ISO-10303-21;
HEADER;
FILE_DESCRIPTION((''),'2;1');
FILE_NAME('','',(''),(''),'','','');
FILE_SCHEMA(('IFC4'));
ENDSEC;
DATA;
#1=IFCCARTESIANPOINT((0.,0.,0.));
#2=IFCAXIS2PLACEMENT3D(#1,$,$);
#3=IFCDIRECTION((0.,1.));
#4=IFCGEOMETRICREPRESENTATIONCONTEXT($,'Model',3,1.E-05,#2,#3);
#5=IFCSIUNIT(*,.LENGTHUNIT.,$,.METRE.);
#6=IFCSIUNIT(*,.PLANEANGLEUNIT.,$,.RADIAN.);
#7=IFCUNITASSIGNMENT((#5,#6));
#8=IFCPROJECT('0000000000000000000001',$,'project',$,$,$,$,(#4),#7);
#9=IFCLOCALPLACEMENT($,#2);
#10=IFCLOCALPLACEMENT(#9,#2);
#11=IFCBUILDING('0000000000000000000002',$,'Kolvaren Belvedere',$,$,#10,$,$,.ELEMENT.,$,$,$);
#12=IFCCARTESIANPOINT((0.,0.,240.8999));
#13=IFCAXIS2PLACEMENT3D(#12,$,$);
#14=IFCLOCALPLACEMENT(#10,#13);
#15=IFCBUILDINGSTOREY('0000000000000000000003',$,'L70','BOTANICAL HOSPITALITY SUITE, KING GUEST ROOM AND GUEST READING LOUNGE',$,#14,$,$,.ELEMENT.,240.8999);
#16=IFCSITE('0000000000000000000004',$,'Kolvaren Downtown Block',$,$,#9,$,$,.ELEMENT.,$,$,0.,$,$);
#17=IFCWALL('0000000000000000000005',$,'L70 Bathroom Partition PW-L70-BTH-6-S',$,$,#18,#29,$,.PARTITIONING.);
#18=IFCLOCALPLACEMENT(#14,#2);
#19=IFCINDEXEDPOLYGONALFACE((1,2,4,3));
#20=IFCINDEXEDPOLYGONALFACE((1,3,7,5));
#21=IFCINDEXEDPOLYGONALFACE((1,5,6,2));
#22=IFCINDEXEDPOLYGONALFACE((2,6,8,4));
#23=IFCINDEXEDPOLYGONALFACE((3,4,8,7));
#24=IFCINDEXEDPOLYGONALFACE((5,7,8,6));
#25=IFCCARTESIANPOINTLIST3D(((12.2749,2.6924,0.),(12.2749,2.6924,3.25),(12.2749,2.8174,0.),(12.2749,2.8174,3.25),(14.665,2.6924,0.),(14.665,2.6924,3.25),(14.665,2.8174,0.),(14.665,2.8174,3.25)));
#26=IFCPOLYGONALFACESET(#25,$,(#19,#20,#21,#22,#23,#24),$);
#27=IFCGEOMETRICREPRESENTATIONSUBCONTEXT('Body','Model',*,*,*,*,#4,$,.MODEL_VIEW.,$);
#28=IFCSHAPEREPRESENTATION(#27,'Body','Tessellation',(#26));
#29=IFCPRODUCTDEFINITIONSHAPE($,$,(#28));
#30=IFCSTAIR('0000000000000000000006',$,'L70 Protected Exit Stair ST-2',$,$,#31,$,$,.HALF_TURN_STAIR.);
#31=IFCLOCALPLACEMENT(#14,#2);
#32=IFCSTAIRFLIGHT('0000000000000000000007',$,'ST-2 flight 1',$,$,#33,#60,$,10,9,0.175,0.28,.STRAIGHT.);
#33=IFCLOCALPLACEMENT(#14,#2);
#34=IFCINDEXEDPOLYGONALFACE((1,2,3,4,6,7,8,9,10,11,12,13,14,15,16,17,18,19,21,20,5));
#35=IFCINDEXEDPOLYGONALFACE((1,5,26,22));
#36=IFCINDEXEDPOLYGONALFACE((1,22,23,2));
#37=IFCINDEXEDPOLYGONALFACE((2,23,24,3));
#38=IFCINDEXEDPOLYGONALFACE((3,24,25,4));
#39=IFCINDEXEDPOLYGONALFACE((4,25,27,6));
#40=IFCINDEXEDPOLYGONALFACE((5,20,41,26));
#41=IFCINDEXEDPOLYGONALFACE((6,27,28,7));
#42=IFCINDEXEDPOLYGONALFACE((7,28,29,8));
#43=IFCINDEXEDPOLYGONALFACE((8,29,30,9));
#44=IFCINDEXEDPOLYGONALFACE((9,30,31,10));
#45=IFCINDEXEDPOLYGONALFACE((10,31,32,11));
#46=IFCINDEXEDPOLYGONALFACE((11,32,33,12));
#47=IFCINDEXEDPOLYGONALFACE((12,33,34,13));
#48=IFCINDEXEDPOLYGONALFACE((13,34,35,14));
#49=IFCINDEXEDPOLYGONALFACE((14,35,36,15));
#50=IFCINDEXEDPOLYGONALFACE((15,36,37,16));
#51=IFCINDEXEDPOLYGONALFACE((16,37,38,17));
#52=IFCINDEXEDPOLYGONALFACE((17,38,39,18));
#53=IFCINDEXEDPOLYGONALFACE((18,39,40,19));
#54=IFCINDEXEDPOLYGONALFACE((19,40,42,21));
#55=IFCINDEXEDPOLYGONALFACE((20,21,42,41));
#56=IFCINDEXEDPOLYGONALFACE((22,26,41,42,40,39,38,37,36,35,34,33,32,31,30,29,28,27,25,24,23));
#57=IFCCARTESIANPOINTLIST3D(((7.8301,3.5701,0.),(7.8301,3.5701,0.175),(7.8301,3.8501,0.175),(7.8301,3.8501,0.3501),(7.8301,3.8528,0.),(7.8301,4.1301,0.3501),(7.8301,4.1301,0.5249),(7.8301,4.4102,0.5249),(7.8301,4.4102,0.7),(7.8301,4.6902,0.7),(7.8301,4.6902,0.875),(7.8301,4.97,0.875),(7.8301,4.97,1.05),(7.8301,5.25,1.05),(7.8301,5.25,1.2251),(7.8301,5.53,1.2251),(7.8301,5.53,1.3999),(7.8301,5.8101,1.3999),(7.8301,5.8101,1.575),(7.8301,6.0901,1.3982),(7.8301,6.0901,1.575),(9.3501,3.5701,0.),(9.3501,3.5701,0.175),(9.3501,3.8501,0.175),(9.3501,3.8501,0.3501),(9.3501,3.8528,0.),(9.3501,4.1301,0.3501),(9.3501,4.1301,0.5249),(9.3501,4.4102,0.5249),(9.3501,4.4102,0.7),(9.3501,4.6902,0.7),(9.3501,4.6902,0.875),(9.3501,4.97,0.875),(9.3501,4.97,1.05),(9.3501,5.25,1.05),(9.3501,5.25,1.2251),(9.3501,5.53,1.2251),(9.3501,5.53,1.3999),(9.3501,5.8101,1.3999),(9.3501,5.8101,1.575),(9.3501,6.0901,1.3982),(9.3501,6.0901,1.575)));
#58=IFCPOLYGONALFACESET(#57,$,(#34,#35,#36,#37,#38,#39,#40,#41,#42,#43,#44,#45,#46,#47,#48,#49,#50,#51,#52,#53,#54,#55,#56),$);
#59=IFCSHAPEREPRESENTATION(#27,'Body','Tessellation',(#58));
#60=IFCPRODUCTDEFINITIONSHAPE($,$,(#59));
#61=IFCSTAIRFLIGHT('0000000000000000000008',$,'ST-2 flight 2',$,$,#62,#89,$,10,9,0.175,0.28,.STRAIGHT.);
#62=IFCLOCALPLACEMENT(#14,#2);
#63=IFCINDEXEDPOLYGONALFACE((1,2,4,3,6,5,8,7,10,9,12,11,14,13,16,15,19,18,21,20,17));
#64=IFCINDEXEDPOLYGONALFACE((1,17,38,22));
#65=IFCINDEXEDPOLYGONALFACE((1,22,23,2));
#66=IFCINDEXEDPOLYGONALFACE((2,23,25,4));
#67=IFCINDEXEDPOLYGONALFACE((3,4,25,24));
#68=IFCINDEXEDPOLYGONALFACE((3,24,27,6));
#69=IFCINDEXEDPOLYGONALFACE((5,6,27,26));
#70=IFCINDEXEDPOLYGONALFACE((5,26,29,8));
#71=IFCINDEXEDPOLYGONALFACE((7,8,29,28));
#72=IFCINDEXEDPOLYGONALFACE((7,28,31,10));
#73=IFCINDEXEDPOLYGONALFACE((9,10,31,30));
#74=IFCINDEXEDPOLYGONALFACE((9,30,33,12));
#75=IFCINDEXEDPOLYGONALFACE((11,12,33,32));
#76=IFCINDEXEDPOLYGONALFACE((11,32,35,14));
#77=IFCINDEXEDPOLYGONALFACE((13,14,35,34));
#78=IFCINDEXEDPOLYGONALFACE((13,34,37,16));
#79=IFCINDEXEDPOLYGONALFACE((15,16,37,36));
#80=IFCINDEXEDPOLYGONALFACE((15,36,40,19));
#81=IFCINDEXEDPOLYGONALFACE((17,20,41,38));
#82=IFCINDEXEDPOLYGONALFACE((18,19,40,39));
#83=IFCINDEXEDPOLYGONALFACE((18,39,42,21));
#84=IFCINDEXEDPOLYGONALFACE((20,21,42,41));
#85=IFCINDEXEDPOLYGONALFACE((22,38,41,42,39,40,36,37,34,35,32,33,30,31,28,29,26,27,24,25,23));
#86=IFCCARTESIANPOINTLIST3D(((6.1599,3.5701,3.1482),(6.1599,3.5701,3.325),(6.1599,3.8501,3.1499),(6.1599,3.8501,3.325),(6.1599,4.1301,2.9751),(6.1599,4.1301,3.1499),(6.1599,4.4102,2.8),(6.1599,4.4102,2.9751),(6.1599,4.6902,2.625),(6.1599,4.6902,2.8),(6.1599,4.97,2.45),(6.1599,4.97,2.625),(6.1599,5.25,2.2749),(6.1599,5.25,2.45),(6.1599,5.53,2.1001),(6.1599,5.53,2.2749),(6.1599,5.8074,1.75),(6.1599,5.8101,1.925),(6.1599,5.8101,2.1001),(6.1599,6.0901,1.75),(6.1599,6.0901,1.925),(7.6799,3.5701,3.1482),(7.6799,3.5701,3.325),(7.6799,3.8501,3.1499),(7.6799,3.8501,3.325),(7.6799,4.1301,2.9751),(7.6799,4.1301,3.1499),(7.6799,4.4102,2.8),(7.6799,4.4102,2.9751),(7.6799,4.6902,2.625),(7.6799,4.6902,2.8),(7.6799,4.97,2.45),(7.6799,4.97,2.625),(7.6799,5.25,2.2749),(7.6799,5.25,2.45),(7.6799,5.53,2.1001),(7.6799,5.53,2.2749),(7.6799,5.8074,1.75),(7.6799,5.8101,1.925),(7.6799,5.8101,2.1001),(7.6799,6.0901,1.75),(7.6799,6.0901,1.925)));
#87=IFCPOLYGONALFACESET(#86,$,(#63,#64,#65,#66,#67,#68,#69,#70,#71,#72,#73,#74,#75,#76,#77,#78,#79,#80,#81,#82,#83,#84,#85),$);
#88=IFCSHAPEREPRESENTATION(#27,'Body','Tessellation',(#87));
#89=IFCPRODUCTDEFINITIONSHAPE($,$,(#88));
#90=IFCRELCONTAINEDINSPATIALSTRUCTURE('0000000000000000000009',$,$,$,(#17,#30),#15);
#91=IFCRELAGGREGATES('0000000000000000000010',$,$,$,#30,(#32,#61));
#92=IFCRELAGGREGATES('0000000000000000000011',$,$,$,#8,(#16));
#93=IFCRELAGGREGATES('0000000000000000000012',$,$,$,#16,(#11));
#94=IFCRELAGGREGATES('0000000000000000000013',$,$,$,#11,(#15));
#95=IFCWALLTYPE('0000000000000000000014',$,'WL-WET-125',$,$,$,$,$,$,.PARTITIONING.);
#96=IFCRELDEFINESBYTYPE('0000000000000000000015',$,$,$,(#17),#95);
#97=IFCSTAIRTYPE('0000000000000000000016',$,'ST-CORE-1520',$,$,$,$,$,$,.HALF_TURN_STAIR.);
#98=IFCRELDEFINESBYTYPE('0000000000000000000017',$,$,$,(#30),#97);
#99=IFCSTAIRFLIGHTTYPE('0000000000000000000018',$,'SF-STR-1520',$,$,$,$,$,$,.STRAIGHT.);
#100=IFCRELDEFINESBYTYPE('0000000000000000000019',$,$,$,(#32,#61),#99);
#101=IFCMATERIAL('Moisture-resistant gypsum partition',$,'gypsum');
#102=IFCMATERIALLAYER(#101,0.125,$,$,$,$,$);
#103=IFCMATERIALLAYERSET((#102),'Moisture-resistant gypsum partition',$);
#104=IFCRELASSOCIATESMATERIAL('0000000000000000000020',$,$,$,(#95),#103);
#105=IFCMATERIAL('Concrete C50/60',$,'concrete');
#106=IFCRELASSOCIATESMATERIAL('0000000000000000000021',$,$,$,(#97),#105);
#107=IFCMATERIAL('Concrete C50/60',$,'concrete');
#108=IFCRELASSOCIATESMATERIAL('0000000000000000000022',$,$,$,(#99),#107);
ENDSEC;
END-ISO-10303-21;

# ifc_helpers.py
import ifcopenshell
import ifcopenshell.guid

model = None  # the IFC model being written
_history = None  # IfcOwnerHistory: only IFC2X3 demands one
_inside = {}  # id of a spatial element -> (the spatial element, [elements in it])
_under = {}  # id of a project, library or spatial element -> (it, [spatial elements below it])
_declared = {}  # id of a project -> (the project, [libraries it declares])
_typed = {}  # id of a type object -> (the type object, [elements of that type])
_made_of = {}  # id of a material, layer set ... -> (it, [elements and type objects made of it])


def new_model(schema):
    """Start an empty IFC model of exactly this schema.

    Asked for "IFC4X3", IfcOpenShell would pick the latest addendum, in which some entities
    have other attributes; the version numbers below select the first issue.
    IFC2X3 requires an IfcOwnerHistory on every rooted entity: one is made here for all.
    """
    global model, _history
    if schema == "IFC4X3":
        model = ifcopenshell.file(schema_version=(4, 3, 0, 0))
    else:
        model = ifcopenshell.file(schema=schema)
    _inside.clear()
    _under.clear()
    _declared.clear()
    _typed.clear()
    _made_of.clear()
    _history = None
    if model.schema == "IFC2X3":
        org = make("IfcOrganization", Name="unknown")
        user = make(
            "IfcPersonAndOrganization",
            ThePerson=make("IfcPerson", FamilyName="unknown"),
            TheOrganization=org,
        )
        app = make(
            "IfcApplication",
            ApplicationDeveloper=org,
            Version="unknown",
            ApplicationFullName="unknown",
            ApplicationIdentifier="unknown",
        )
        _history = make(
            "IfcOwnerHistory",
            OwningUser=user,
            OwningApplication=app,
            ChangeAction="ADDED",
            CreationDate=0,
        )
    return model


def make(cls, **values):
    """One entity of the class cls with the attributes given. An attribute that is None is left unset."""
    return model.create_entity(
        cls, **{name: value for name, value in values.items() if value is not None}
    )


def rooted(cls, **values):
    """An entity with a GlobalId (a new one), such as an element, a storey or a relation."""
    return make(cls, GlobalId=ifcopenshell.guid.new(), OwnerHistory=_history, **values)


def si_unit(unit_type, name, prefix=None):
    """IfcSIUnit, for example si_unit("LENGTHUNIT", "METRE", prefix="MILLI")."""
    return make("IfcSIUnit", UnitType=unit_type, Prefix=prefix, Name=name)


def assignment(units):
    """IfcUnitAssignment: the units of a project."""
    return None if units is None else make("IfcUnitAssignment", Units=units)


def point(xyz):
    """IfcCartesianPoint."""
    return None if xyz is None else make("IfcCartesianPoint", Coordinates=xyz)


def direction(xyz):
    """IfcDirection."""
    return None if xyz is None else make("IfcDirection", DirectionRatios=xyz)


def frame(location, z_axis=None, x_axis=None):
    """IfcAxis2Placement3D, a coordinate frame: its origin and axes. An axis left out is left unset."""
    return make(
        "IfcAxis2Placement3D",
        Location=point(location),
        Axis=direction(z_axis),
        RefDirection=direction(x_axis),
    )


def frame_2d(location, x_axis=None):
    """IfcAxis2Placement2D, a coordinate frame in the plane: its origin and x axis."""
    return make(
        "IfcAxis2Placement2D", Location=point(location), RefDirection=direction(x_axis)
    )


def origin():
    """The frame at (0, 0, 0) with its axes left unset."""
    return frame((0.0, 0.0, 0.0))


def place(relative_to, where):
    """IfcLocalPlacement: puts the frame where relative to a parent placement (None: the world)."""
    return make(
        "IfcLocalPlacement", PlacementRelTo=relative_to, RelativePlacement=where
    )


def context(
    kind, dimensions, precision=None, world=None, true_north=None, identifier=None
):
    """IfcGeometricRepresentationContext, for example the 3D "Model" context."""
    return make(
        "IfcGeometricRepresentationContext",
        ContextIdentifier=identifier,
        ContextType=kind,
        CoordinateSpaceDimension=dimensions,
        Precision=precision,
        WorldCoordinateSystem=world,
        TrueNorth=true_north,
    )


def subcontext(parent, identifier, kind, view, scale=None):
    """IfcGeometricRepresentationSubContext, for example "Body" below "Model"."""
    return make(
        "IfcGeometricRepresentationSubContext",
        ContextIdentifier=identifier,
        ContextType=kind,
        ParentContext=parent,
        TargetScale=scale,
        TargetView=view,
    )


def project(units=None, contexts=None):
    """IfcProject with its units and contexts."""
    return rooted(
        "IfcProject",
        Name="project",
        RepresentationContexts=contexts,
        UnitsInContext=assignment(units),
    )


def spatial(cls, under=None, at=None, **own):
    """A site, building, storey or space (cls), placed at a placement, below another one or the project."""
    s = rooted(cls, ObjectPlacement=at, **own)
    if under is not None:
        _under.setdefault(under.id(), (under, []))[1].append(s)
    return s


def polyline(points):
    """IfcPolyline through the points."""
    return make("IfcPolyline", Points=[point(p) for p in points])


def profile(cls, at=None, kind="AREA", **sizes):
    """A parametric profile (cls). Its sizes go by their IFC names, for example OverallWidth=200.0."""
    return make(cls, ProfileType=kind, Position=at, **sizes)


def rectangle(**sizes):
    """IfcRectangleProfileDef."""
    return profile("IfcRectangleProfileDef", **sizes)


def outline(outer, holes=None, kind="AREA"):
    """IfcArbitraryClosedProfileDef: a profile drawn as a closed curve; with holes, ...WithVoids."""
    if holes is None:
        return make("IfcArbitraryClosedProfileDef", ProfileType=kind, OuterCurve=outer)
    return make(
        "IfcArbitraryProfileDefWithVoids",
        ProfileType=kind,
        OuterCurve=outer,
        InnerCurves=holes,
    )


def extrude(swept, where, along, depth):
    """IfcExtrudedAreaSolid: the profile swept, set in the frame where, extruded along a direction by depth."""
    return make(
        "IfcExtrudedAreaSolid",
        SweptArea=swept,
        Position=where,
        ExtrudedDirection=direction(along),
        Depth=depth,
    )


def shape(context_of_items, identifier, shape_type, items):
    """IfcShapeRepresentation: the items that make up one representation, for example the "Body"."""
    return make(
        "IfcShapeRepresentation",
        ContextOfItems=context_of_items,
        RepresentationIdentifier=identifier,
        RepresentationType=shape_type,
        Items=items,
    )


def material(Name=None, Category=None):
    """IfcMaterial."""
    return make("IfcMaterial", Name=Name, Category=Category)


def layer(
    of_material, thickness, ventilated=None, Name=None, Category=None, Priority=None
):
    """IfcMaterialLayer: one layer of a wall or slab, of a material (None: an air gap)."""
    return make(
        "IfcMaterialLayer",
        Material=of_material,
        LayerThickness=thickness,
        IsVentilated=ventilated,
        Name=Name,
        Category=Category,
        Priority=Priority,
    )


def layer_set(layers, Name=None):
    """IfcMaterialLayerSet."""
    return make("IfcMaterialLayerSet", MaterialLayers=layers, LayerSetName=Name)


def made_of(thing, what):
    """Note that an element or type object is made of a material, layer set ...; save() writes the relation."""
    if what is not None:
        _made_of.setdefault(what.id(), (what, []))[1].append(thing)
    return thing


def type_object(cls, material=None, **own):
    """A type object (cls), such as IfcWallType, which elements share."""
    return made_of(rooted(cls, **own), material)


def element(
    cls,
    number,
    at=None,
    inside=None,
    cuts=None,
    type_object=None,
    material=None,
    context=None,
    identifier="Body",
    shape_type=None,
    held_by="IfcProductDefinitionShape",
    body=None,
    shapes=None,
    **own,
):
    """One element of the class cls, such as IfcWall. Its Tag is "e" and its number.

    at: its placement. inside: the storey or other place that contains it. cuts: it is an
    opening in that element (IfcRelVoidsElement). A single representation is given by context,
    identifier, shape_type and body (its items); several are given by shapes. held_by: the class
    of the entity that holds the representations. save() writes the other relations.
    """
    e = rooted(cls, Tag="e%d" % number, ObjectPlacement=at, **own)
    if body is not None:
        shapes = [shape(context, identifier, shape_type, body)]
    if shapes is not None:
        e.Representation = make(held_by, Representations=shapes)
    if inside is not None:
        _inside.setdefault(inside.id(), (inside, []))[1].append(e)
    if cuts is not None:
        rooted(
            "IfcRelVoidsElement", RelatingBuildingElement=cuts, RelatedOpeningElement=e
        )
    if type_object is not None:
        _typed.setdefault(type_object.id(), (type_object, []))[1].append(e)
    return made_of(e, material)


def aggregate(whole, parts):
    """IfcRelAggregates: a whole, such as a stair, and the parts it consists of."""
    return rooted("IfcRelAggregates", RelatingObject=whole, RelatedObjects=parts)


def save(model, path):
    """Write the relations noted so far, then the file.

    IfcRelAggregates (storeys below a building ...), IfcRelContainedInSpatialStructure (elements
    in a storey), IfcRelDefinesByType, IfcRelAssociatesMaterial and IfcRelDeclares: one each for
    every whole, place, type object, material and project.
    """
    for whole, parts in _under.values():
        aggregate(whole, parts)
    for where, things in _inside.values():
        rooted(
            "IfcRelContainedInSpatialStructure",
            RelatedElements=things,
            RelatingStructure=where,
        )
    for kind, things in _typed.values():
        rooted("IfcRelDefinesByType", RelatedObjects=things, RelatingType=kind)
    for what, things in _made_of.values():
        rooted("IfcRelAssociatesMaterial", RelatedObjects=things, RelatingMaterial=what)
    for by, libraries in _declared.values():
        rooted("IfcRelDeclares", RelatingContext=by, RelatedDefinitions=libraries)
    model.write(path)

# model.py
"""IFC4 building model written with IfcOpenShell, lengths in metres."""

from ifc_helpers import new_model, si_unit, direction, frame, frame_2d, origin, place, context, subcontext, project, spatial, polyline, rectangle, outline, extrude, material, layer, layer_set, type_object, element, aggregate, save


model = new_model("IFC4")

# Units and contexts
model_context = context("Model", 3, precision=1e-05, world=origin(), true_north=direction((0.0, 1.0)))
body_context = subcontext(model_context, "Body", "Model", "MODEL_VIEW")
ifc_project = project(units=[si_unit("LENGTHUNIT", "METRE"), si_unit("PLANEANGLEUNIT", "RADIAN")], contexts=[model_context])

# Site, building, storey
site_placement = place(None, origin())
site = spatial("IfcSite", under=ifc_project, at=site_placement, Name="Kolvaren Downtown Block", CompositionType="ELEMENT", RefElevation=0.0)
building_placement = place(site_placement, origin())
building = spatial("IfcBuilding", under=site, at=building_placement, Name="Kolvaren Belvedere", CompositionType="ELEMENT")
storey_placement = place(building_placement, frame((0.0, 0.0, 240.8999)))
storey = spatial("IfcBuildingStorey", under=building, at=storey_placement, Name="L70", Description="BOTANICAL HOSPITALITY SUITE, KING GUEST ROOM AND GUEST READING LOUNGE", CompositionType="ELEMENT", Elevation=240.8999)

# Shared definitions
ifc_material_1 = material(Name="Moisture-resistant gypsum partition", Category="gypsum")
ifc_layer_1 = layer(ifc_material_1, 0.125)
ifc_layer_set_1 = layer_set([ifc_layer_1], Name="Moisture-resistant gypsum partition")
wall_type_1 = type_object("IfcWallType", Name="WL-WET-125", PredefinedType="PARTITIONING", material=ifc_layer_set_1)

# Wall
wall_1_placement = place(storey_placement, frame((12.2749, 2.7549, 0.0), z_axis=(0.0, 0.0, 1.0), x_axis=(1.0, 0.0, 0.0)))
element("IfcWall", 1, at=wall_1_placement, inside=storey, type_object=wall_type_1, Name="L70 Bathroom Partition PW-L70-BTH-6-S", PredefinedType="PARTITIONING", context=body_context, shape_type="SweptSolid", body=[
    extrude(rectangle(XDim=2.3901, YDim=0.125, at=frame_2d((1.1951, 0.0))), origin(), (0.0, 0.0, 1.0), 3.25),
])

# Stair, stair flights
ifc_material_2 = material(Name="Concrete C50/60", Category="concrete")
stair_type = type_object("IfcStairType", Name="ST-CORE-1520", PredefinedType="HALF_TURN_STAIR", material=ifc_material_2)
stair_placement = place(storey_placement, origin())
stair = element("IfcStair", 2, at=stair_placement, inside=storey, type_object=stair_type, Name="L70 Protected Exit Stair ST-2", PredefinedType="HALF_TURN_STAIR")
ifc_material_3 = material(Name="Concrete C50/60", Category="concrete")
stair_flight_type = type_object("IfcStairFlightType", Name="SF-STR-1520", PredefinedType="STRAIGHT", material=ifc_material_3)
stair_flight_1_placement = place(storey_placement, frame((8.5901, 3.5701, 0.0), z_axis=(0.0, 0.0, 1.0), x_axis=(0.0, 1.0, 0.0)))
stair_flight_1 = element("IfcStairFlight", 3, at=stair_flight_1_placement, type_object=stair_flight_type, Name="ST-2 flight 1", NumberOfRisers=10, NumberOfTreads=9, PredefinedType="STRAIGHT", RiserHeight=0.175, TreadLength=0.28, context=body_context, shape_type="SweptSolid", body=[
    extrude(outline(polyline([(0.0, 0.0), (0.0, 0.175), (0.28, 0.175), (0.28, 0.3501), (0.5601, 0.3501), (0.5601, 0.5249), (0.8401, 0.5249), (0.8401, 0.7), (1.1201, 0.7), (1.1201, 0.875), (1.3999, 0.875), (1.3999, 1.05), (1.6799, 1.05), (1.6799, 1.2251), (1.96, 1.2251), (1.96, 1.3999), (2.24, 1.3999), (2.24, 1.575), (2.52, 1.575), (2.52, 1.75), (2.52, 1.3982), (0.2827, 0.0), (0.0, 0.0)])), frame((0.0, 0.76, 0.0), z_axis=(0.0, -1.0, 0.0), x_axis=(1.0, 0.0, 0.0)), (0.0, 0.0, 1.0), 1.52),
])
stair_flight_2_placement = place(storey_placement, frame((6.9199, 6.0901, 1.75), z_axis=(0.0, 0.0, 1.0), x_axis=(0.0, -1.0, 0.0)))
stair_flight_2 = element("IfcStairFlight", 4, at=stair_flight_2_placement, type_object=stair_flight_type, Name="ST-2 flight 2", NumberOfRisers=10, NumberOfTreads=9, PredefinedType="STRAIGHT", RiserHeight=0.175, TreadLength=0.28, context=body_context, shape_type="SweptSolid", body=[
    extrude(outline(polyline([(0.0, 0.0), (0.0, 0.175), (0.28, 0.175), (0.28, 0.3501), (0.5601, 0.3501), (0.5601, 0.5249), (0.8401, 0.5249), (0.8401, 0.7), (1.1201, 0.7), (1.1201, 0.875), (1.3999, 0.875), (1.3999, 1.05), (1.6799, 1.05), (1.6799, 1.2251), (1.96, 1.2251), (1.96, 1.3999), (2.24, 1.3999), (2.24, 1.575), (2.52, 1.575), (2.52, 1.75), (2.52, 1.3982), (0.2827, 0.0), (0.0, 0.0)])), frame((0.0, 0.76, 0.0), z_axis=(0.0, -1.0, 0.0), x_axis=(1.0, 0.0, 0.0)), (0.0, 0.0, 1.0), 1.52),
])
aggregate(stair, [stair_flight_1, stair_flight_2])

save(model, "model.ifc")
